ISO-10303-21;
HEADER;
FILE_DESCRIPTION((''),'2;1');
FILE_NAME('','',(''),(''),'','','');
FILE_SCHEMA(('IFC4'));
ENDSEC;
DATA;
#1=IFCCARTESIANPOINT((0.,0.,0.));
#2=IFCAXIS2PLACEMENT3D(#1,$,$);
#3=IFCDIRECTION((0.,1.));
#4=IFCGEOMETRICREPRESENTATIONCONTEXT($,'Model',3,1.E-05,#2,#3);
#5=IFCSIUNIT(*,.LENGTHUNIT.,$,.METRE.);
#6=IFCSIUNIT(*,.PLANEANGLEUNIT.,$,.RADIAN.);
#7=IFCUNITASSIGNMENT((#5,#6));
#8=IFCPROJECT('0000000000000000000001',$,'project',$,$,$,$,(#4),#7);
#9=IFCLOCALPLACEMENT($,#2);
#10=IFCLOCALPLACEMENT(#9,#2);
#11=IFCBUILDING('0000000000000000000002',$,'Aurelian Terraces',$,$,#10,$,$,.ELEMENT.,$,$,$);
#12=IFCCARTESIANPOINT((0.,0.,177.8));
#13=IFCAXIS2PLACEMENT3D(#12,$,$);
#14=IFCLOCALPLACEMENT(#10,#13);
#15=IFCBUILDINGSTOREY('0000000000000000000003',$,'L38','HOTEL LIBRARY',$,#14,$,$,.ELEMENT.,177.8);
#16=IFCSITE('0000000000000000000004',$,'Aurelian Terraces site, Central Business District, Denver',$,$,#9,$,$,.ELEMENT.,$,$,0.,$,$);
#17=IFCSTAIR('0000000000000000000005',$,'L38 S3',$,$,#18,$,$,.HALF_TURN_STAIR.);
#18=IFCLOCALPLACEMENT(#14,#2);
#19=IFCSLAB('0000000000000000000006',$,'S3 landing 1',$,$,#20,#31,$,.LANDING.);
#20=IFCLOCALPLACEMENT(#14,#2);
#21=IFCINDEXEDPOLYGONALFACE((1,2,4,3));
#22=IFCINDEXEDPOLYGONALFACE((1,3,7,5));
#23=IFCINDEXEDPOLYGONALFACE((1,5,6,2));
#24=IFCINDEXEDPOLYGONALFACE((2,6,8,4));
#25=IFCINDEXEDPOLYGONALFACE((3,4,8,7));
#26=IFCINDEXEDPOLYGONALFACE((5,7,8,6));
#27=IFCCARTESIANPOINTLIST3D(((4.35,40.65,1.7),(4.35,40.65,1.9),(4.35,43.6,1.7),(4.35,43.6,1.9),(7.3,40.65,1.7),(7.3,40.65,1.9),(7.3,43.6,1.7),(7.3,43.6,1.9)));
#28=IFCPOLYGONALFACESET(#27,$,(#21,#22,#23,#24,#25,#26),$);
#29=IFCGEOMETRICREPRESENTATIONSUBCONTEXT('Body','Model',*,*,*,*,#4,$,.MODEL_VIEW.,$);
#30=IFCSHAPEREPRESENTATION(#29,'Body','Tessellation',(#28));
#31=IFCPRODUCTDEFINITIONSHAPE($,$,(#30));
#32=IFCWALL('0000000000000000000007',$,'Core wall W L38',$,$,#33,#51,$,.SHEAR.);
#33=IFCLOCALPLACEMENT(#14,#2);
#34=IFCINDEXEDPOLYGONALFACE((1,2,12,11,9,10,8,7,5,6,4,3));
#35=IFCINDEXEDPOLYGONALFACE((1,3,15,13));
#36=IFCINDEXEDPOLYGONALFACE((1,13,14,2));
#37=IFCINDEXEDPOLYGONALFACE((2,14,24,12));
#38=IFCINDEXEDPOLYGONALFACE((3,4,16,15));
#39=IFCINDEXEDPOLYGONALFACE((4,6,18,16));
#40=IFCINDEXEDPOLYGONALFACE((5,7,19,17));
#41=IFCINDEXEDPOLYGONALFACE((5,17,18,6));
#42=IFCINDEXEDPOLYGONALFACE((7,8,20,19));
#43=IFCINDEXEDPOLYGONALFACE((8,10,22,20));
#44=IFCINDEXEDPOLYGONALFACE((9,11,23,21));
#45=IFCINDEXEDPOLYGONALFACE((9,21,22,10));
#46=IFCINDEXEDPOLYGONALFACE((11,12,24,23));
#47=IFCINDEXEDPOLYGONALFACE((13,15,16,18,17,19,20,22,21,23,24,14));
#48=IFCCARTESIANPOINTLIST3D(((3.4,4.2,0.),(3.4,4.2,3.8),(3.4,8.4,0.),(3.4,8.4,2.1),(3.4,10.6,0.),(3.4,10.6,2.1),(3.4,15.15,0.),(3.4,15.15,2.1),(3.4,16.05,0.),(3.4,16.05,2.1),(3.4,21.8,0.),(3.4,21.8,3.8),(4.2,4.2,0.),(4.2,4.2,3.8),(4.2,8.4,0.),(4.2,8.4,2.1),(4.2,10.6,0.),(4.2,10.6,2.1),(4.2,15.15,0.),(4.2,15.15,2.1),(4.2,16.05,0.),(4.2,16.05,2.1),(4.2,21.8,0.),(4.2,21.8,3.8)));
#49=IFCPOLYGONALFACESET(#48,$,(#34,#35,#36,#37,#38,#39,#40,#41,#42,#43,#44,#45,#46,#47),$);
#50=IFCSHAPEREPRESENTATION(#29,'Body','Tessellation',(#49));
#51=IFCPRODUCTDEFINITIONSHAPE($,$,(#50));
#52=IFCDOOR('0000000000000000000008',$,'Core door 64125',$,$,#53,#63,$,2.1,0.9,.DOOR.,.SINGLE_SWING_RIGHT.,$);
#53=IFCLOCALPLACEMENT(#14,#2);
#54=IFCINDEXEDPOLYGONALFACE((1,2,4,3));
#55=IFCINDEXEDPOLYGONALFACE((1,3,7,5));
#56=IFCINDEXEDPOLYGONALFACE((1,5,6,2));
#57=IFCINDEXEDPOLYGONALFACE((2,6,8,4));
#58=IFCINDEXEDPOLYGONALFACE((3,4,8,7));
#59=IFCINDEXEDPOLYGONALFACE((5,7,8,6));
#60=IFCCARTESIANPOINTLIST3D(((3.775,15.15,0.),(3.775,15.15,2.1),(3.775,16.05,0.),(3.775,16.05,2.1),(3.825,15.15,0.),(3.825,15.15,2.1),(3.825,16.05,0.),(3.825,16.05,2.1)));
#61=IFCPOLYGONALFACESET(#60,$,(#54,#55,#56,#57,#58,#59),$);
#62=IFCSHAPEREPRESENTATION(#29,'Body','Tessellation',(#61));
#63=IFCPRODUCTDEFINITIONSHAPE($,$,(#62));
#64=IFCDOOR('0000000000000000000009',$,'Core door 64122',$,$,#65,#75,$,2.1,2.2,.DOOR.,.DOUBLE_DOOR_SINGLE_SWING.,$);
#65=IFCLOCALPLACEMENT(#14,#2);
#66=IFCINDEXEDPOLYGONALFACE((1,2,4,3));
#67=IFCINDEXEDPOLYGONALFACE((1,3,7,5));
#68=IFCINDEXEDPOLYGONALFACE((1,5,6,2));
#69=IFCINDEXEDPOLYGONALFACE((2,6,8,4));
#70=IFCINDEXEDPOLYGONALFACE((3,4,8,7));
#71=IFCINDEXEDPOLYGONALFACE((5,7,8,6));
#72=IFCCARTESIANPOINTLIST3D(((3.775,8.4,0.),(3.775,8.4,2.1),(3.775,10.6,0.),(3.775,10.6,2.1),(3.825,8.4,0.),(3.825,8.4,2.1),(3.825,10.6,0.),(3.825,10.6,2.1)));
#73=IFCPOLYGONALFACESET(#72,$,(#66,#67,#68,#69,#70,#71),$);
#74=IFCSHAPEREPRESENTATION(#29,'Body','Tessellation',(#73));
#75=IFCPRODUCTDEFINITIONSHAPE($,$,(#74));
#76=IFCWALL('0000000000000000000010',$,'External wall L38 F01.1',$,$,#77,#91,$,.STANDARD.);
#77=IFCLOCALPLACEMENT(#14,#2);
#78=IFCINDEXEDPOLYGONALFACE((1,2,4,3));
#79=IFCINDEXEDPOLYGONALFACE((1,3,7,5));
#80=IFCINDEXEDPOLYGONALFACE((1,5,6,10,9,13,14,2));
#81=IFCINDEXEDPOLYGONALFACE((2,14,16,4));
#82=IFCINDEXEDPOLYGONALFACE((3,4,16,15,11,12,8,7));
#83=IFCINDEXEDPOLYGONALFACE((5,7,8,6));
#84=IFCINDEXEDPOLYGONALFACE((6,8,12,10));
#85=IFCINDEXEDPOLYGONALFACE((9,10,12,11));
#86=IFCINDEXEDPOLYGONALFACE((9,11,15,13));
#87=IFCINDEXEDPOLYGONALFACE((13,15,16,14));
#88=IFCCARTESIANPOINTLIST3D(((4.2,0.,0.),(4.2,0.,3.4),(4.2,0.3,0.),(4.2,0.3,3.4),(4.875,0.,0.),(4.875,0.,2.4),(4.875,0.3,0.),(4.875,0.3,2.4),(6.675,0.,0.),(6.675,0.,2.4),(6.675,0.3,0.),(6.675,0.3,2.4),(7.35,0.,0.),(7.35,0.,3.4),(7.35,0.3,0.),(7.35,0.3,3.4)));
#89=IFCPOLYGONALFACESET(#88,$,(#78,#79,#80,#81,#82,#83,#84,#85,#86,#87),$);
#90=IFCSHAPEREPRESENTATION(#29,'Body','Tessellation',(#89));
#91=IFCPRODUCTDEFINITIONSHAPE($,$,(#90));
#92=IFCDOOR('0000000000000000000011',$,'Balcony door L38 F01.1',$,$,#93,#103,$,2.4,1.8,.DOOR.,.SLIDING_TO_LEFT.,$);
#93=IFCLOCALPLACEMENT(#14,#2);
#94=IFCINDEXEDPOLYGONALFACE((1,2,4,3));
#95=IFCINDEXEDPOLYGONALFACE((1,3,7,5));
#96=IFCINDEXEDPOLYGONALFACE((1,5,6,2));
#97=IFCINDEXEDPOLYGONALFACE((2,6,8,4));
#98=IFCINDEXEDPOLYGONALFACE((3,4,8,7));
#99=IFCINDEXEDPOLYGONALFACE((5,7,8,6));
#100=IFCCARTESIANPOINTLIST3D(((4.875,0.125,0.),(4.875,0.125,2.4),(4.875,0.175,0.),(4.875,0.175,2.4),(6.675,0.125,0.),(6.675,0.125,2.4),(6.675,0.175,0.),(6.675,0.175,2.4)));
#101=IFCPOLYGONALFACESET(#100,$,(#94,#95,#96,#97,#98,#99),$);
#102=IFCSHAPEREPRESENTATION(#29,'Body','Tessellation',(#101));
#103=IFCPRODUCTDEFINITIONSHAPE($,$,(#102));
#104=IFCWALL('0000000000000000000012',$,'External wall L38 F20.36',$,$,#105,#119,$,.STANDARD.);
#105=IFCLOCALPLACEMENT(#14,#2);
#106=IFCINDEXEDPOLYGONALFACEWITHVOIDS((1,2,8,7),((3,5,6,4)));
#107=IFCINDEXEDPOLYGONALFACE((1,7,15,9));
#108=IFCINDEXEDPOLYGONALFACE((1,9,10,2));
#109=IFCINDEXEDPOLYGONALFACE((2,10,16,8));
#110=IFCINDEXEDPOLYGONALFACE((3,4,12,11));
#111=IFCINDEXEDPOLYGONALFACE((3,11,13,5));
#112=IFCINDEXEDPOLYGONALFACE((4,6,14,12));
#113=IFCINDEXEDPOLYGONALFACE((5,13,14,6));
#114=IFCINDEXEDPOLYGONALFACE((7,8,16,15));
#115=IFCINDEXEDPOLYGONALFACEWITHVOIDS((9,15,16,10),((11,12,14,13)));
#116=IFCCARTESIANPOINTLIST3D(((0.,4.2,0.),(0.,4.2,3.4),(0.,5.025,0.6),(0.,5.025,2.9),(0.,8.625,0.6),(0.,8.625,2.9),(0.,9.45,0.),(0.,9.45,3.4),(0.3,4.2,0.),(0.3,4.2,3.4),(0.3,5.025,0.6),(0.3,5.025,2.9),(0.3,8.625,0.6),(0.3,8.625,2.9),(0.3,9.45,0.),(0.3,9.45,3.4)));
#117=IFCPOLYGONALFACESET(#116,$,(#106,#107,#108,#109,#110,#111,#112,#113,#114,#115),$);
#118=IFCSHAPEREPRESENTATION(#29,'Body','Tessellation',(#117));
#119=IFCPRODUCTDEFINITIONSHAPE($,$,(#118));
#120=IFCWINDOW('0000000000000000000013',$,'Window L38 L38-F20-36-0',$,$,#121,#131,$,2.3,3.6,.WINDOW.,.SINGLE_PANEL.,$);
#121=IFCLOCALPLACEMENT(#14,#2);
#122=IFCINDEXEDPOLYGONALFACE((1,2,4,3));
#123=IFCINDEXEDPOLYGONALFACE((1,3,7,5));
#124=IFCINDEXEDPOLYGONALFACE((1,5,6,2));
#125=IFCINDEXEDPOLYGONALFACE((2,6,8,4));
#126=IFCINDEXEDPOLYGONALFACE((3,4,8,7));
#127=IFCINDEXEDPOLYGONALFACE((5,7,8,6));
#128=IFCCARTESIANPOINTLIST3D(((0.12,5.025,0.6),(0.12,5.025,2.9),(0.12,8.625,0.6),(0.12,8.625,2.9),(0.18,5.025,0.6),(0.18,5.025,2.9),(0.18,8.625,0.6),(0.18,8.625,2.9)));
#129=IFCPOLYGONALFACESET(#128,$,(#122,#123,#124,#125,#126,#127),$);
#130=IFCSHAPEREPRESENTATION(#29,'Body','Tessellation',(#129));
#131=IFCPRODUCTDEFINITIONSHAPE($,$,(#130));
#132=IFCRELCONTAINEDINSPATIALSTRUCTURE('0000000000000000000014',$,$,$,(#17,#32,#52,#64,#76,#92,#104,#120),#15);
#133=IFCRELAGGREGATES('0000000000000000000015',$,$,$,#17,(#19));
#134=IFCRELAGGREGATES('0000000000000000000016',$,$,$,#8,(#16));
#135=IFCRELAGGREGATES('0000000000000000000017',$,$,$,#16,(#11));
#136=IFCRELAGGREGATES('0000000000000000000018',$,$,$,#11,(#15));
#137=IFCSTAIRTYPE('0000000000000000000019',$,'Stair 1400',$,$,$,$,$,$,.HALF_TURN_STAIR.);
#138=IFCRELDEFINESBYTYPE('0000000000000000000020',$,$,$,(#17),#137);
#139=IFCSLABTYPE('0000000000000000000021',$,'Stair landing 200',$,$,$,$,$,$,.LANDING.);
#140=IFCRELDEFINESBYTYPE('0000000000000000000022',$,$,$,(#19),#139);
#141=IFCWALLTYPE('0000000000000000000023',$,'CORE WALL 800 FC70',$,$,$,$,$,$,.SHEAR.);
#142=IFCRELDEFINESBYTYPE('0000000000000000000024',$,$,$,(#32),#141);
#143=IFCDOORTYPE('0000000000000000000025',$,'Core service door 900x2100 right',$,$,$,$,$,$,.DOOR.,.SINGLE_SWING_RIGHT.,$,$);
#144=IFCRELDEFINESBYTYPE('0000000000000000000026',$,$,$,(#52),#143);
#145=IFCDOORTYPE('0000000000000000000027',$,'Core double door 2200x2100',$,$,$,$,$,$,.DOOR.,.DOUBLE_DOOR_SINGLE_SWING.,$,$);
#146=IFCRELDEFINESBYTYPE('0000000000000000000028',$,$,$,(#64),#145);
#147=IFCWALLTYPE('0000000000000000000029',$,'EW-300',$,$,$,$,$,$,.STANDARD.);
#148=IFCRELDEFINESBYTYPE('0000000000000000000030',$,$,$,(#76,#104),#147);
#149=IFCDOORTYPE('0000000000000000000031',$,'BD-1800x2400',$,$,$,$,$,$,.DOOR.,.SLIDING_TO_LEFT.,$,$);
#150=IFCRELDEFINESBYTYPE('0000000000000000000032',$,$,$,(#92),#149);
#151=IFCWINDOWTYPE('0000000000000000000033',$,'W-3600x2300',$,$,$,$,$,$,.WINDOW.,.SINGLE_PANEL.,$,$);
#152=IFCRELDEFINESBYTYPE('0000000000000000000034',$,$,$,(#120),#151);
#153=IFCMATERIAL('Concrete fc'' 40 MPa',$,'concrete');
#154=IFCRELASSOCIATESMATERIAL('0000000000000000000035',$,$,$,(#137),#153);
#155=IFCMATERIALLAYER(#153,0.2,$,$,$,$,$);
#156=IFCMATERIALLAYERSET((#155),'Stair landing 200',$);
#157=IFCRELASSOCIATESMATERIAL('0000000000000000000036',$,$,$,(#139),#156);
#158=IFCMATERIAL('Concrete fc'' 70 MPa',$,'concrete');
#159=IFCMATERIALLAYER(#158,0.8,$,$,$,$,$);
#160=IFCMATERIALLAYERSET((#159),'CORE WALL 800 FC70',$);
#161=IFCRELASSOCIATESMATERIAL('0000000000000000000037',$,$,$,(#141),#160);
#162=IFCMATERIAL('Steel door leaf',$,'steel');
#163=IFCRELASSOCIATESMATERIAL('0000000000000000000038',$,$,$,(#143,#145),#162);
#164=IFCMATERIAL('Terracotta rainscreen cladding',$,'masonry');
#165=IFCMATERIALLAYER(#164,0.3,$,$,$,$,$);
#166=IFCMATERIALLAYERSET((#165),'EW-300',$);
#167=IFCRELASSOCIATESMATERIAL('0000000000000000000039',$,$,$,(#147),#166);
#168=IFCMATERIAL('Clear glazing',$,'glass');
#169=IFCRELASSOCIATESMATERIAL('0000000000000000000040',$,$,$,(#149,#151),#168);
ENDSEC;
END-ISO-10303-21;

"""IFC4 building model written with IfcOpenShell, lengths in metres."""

from ifc_helpers import new_model, si_unit, direction, frame, frame_2d, origin, place, context, subcontext, project, spatial, polyline, rectangle, outline, extrude, source, transform, mapped, material, layer, layer_set, type_object, element, fill, aggregate, save


model = new_model("IFC4")

# Units and contexts
model_context = context("Model", 3, precision=1e-05, world=origin(), true_north=direction((0.0, 1.0)))
body_context = subcontext(model_context, "Body", "Model", "MODEL_VIEW")
ifc_project = project(units=[si_unit("LENGTHUNIT", "METRE"), si_unit("PLANEANGLEUNIT", "RADIAN")], contexts=[model_context])

# Site, building, storey
site_placement = place(None, origin())
site = spatial("IfcSite", under=ifc_project, at=site_placement, Name="Aurelian Terraces site, Central Business District, Denver", CompositionType="ELEMENT", RefElevation=0.0)
building_placement = place(site_placement, origin())
building = spatial("IfcBuilding", under=site, at=building_placement, Name="Aurelian Terraces", CompositionType="ELEMENT")
storey_placement = place(building_placement, frame((0.0, 0.0, 177.8)))
storey = spatial("IfcBuildingStorey", under=building, at=storey_placement, Name="L38", Description="HOTEL LIBRARY", CompositionType="ELEMENT", Elevation=177.8)

# Stair, slab
ifc_material_1 = material(Name="Concrete fc' 40 MPa", Category="concrete")
stair_type = type_object("IfcStairType", Name="Stair 1400", PredefinedType="HALF_TURN_STAIR", material=ifc_material_1)
stair_placement = place(storey_placement, origin())
stair = element("IfcStair", 1, at=stair_placement, inside=storey, type_object=stair_type, Name="L38 S3", PredefinedType="HALF_TURN_STAIR")
ifc_layer_1 = layer(ifc_material_1, 0.2)
ifc_layer_set_1 = layer_set([ifc_layer_1], Name="Stair landing 200")
slab_type = type_object("IfcSlabType", Name="Stair landing 200", PredefinedType="LANDING", material=ifc_layer_set_1)
shared_shape_1 = source(origin(), body_context, "Body", "SweptSolid", [
    extrude(outline(polyline([(4.35, 40.65), (7.3, 40.65), (7.3, 43.6), (4.35, 43.6), (4.35, 40.65)])), origin(), (0.0, 0.0, 1.0), 0.2),
])
slab_placement = place(storey_placement, frame((0.0, 0.0, 1.7)))
slab = element("IfcSlab", 2, at=slab_placement, type_object=slab_type, Name="S3 landing 1", PredefinedType="LANDING", context=body_context, shape_type="MappedRepresentation", body=[
    mapped(shared_shape_1, transform((0.0, 0.0, 0.0), scale=1.0)),
])
aggregate(stair, [slab])

# Wall, openings, doors
ifc_material_2 = material(Name="Concrete fc' 70 MPa", Category="concrete")
ifc_layer_2 = layer(ifc_material_2, 0.8)
ifc_layer_set_2 = layer_set([ifc_layer_2], Name="CORE WALL 800 FC70")
wall_type_1 = type_object("IfcWallType", Name="CORE WALL 800 FC70", PredefinedType="SHEAR", material=ifc_layer_set_2)
wall_1_placement = place(storey_placement, frame((3.8, 4.2, 0.0), z_axis=(0.0, 0.0, 1.0), x_axis=(0.0, 1.0, 0.0)))
wall_1 = element("IfcWall", 3, at=wall_1_placement, inside=storey, type_object=wall_type_1, Name="Core wall W L38", PredefinedType="SHEAR", context=body_context, shape_type="SweptSolid", body=[
    extrude(rectangle(XDim=17.6, YDim=0.8, at=frame_2d((8.8, 0.0))), origin(), (0.0, 0.0, 1.0), 3.8),
])
shared_shape_2 = source(origin(), body_context, "Body", "SweptSolid", [
    extrude(rectangle(XDim=2.2, YDim=2.1, at=frame_2d((1.1, 1.05))), frame((0.0, 0.41, 0.0), z_axis=(0.0, -1.0, 0.0), x_axis=(1.0, 0.0, 0.0)), (0.0, 0.0, 1.0), 0.82),
])
opening_1_placement = place(wall_1_placement, frame((4.2, 0.0, 0.0)))
opening_1 = element("IfcOpeningElement", 4, at=opening_1_placement, cuts=wall_1, PredefinedType="OPENING", context=body_context, shape_type="MappedRepresentation", body=[
    mapped(shared_shape_2, transform((0.0, 0.0, 0.0), scale=1.0)),
])
opening_2_placement = place(wall_1_placement, frame((10.95, 0.0, 0.0)))
opening_2 = element("IfcOpeningElement", 5, at=opening_2_placement, cuts=wall_1, PredefinedType="OPENING", context=body_context, shape_type="SweptSolid", body=[
    extrude(rectangle(XDim=0.9, YDim=2.1, at=frame_2d((0.45, 1.05))), frame((0.0, 0.41, 0.0), z_axis=(0.0, -1.0, 0.0), x_axis=(1.0, 0.0, 0.0)), (0.0, 0.0, 1.0), 0.82),
])
ifc_material_3 = material(Name="Steel door leaf", Category="steel")
door_type_1 = type_object("IfcDoorType", Name="Core service door 900x2100 right", OperationType="SINGLE_SWING_RIGHT", PredefinedType="DOOR", material=ifc_material_3)
shared_shape_3 = source(origin(), body_context, "Body", "SweptSolid", [
    extrude(rectangle(XDim=0.9, YDim=2.1, at=frame_2d((0.45, 1.05))), frame((0.0, 0.025, 0.0), z_axis=(0.0, -1.0, 0.0), x_axis=(1.0, 0.0, 0.0)), (0.0, 0.0, 1.0), 0.05),
])
door_1_placement = place(opening_2_placement, origin())
door_1 = element("IfcDoor", 6, at=door_1_placement, inside=storey, type_object=door_type_1, Name="Core door 64125", OperationType="SINGLE_SWING_RIGHT", OverallHeight=2.1, OverallWidth=0.9, PredefinedType="DOOR", context=body_context, shape_type="MappedRepresentation", body=[
    mapped(shared_shape_3, transform((0.0, 0.0, 0.0), scale=1.0)),
])
fill(opening_2, door_1)
door_type_2 = type_object("IfcDoorType", Name="Core double door 2200x2100", OperationType="DOUBLE_DOOR_SINGLE_SWING", PredefinedType="DOOR", material=ifc_material_3)
shared_shape_4 = source(origin(), body_context, "Body", "SweptSolid", [
    extrude(rectangle(XDim=2.2, YDim=2.1, at=frame_2d((1.1, 1.05))), frame((0.0, 0.025, 0.0), z_axis=(0.0, -1.0, 0.0), x_axis=(1.0, 0.0, 0.0)), (0.0, 0.0, 1.0), 0.05),
])
door_2_placement = place(opening_1_placement, origin())
door_2 = element("IfcDoor", 7, at=door_2_placement, inside=storey, type_object=door_type_2, Name="Core door 64122", OperationType="DOUBLE_DOOR_SINGLE_SWING", OverallHeight=2.1, OverallWidth=2.2, PredefinedType="DOOR", context=body_context, shape_type="MappedRepresentation", body=[
    mapped(shared_shape_4, transform((0.0, 0.0, 0.0), scale=1.0)),
])
fill(opening_1, door_2)

# Wall, opening, door
ifc_material_4 = material(Name="Terracotta rainscreen cladding", Category="masonry")
ifc_layer_3 = layer(ifc_material_4, 0.3)
ifc_layer_set_3 = layer_set([ifc_layer_3], Name="EW-300")
wall_type_2 = type_object("IfcWallType", Name="EW-300", PredefinedType="STANDARD", material=ifc_layer_set_3)
wall_2_placement = place(storey_placement, frame((4.2, 0.15, 0.0), z_axis=(0.0, 0.0, 1.0), x_axis=(1.0, 0.0, 0.0)))
wall_2 = element("IfcWall", 8, at=wall_2_placement, inside=storey, type_object=wall_type_2, Name="External wall L38 F01.1", PredefinedType="STANDARD", context=body_context, shape_type="SweptSolid", body=[
    extrude(rectangle(XDim=3.15, YDim=0.3, at=frame_2d((1.575, 0.0))), origin(), (0.0, 0.0, 1.0), 3.4),
])
shared_shape_5 = source(origin(), body_context, "Body", "SweptSolid", [
    extrude(rectangle(XDim=1.8, YDim=2.4, at=frame_2d((0.9, 1.2))), frame((0.0, 0.16, 0.0), z_axis=(0.0, -1.0, 0.0), x_axis=(1.0, 0.0, 0.0)), (0.0, 0.0, 1.0), 0.32),
])
opening_3_placement = place(wall_2_placement, frame((0.675, 0.0, 0.0)))
opening_3 = element("IfcOpeningElement", 9, at=opening_3_placement, cuts=wall_2, PredefinedType="OPENING", context=body_context, shape_type="MappedRepresentation", body=[
    mapped(shared_shape_5, transform((0.0, 0.0, 0.0), scale=1.0)),
])
ifc_material_5 = material(Name="Clear glazing", Category="glass")
door_type_3 = type_object("IfcDoorType", Name="BD-1800x2400", OperationType="SLIDING_TO_LEFT", PredefinedType="DOOR", material=ifc_material_5)
shared_shape_6 = source(origin(), body_context, "Body", "SweptSolid", [
    extrude(rectangle(XDim=1.8, YDim=2.4, at=frame_2d((0.9, 1.2))), frame((0.0, 0.025, 0.0), z_axis=(0.0, -1.0, 0.0), x_axis=(1.0, 0.0, 0.0)), (0.0, 0.0, 1.0), 0.05),
])
door_3_placement = place(opening_3_placement, origin())
door_3 = element("IfcDoor", 10, at=door_3_placement, inside=storey, type_object=door_type_3, Name="Balcony door L38 F01.1", OperationType="SLIDING_TO_LEFT", OverallHeight=2.4, OverallWidth=1.8, PredefinedType="DOOR", context=body_context, shape_type="MappedRepresentation", body=[
    mapped(shared_shape_6, transform((0.0, 0.0, 0.0), scale=1.0)),
])
fill(opening_3, door_3)

# Wall, opening, window
wall_3_placement = place(storey_placement, frame((0.15, 9.45, 0.0), z_axis=(0.0, 0.0, 1.0), x_axis=(0.0, -1.0, 0.0)))
wall_3 = element("IfcWall", 11, at=wall_3_placement, inside=storey, type_object=wall_type_2, Name="External wall L38 F20.36", PredefinedType="STANDARD", context=body_context, shape_type="SweptSolid", body=[
    extrude(rectangle(XDim=5.25, YDim=0.3, at=frame_2d((2.625, 0.0))), origin(), (0.0, 0.0, 1.0), 3.4),
])
shared_shape_7 = source(origin(), body_context, "Body", "SweptSolid", [
    extrude(rectangle(XDim=3.6, YDim=2.3, at=frame_2d((1.8, 1.15))), frame((0.0, 0.16, 0.0), z_axis=(0.0, -1.0, 0.0), x_axis=(1.0, 0.0, 0.0)), (0.0, 0.0, 1.0), 0.32),
])
opening_4_placement = place(wall_3_placement, frame((0.825, 0.0, 0.6)))
opening_4 = element("IfcOpeningElement", 12, at=opening_4_placement, cuts=wall_3, PredefinedType="OPENING", context=body_context, shape_type="MappedRepresentation", body=[
    mapped(shared_shape_7, transform((0.0, 0.0, 0.0), scale=1.0)),
])
window_type_1 = type_object("IfcWindowType", Name="W-3600x2300", PartitioningType="SINGLE_PANEL", PredefinedType="WINDOW", material=ifc_material_5)
shared_shape_8 = source(origin(), body_context, "Body", "SweptSolid", [
    extrude(rectangle(XDim=3.6, YDim=2.3, at=frame_2d((1.8, 1.15))), frame((0.0, 0.03, 0.0), z_axis=(0.0, -1.0, 0.0), x_axis=(1.0, 0.0, 0.0)), (0.0, 0.0, 1.0), 0.06),
])
window_1_placement = place(opening_4_placement, origin())
window_1 = element("IfcWindow", 13, at=window_1_placement, inside=storey, type_object=window_type_1, Name="Window L38 L38-F20-36-0", OverallHeight=2.3, OverallWidth=3.6, PartitioningType="SINGLE_PANEL", PredefinedType="WINDOW", context=body_context, shape_type="MappedRepresentation", body=[
    mapped(shared_shape_8, transform((0.0, 0.0, 0.0), scale=1.0)),
])
fill(opening_4, window_1)

save(model, "model.ifc")
